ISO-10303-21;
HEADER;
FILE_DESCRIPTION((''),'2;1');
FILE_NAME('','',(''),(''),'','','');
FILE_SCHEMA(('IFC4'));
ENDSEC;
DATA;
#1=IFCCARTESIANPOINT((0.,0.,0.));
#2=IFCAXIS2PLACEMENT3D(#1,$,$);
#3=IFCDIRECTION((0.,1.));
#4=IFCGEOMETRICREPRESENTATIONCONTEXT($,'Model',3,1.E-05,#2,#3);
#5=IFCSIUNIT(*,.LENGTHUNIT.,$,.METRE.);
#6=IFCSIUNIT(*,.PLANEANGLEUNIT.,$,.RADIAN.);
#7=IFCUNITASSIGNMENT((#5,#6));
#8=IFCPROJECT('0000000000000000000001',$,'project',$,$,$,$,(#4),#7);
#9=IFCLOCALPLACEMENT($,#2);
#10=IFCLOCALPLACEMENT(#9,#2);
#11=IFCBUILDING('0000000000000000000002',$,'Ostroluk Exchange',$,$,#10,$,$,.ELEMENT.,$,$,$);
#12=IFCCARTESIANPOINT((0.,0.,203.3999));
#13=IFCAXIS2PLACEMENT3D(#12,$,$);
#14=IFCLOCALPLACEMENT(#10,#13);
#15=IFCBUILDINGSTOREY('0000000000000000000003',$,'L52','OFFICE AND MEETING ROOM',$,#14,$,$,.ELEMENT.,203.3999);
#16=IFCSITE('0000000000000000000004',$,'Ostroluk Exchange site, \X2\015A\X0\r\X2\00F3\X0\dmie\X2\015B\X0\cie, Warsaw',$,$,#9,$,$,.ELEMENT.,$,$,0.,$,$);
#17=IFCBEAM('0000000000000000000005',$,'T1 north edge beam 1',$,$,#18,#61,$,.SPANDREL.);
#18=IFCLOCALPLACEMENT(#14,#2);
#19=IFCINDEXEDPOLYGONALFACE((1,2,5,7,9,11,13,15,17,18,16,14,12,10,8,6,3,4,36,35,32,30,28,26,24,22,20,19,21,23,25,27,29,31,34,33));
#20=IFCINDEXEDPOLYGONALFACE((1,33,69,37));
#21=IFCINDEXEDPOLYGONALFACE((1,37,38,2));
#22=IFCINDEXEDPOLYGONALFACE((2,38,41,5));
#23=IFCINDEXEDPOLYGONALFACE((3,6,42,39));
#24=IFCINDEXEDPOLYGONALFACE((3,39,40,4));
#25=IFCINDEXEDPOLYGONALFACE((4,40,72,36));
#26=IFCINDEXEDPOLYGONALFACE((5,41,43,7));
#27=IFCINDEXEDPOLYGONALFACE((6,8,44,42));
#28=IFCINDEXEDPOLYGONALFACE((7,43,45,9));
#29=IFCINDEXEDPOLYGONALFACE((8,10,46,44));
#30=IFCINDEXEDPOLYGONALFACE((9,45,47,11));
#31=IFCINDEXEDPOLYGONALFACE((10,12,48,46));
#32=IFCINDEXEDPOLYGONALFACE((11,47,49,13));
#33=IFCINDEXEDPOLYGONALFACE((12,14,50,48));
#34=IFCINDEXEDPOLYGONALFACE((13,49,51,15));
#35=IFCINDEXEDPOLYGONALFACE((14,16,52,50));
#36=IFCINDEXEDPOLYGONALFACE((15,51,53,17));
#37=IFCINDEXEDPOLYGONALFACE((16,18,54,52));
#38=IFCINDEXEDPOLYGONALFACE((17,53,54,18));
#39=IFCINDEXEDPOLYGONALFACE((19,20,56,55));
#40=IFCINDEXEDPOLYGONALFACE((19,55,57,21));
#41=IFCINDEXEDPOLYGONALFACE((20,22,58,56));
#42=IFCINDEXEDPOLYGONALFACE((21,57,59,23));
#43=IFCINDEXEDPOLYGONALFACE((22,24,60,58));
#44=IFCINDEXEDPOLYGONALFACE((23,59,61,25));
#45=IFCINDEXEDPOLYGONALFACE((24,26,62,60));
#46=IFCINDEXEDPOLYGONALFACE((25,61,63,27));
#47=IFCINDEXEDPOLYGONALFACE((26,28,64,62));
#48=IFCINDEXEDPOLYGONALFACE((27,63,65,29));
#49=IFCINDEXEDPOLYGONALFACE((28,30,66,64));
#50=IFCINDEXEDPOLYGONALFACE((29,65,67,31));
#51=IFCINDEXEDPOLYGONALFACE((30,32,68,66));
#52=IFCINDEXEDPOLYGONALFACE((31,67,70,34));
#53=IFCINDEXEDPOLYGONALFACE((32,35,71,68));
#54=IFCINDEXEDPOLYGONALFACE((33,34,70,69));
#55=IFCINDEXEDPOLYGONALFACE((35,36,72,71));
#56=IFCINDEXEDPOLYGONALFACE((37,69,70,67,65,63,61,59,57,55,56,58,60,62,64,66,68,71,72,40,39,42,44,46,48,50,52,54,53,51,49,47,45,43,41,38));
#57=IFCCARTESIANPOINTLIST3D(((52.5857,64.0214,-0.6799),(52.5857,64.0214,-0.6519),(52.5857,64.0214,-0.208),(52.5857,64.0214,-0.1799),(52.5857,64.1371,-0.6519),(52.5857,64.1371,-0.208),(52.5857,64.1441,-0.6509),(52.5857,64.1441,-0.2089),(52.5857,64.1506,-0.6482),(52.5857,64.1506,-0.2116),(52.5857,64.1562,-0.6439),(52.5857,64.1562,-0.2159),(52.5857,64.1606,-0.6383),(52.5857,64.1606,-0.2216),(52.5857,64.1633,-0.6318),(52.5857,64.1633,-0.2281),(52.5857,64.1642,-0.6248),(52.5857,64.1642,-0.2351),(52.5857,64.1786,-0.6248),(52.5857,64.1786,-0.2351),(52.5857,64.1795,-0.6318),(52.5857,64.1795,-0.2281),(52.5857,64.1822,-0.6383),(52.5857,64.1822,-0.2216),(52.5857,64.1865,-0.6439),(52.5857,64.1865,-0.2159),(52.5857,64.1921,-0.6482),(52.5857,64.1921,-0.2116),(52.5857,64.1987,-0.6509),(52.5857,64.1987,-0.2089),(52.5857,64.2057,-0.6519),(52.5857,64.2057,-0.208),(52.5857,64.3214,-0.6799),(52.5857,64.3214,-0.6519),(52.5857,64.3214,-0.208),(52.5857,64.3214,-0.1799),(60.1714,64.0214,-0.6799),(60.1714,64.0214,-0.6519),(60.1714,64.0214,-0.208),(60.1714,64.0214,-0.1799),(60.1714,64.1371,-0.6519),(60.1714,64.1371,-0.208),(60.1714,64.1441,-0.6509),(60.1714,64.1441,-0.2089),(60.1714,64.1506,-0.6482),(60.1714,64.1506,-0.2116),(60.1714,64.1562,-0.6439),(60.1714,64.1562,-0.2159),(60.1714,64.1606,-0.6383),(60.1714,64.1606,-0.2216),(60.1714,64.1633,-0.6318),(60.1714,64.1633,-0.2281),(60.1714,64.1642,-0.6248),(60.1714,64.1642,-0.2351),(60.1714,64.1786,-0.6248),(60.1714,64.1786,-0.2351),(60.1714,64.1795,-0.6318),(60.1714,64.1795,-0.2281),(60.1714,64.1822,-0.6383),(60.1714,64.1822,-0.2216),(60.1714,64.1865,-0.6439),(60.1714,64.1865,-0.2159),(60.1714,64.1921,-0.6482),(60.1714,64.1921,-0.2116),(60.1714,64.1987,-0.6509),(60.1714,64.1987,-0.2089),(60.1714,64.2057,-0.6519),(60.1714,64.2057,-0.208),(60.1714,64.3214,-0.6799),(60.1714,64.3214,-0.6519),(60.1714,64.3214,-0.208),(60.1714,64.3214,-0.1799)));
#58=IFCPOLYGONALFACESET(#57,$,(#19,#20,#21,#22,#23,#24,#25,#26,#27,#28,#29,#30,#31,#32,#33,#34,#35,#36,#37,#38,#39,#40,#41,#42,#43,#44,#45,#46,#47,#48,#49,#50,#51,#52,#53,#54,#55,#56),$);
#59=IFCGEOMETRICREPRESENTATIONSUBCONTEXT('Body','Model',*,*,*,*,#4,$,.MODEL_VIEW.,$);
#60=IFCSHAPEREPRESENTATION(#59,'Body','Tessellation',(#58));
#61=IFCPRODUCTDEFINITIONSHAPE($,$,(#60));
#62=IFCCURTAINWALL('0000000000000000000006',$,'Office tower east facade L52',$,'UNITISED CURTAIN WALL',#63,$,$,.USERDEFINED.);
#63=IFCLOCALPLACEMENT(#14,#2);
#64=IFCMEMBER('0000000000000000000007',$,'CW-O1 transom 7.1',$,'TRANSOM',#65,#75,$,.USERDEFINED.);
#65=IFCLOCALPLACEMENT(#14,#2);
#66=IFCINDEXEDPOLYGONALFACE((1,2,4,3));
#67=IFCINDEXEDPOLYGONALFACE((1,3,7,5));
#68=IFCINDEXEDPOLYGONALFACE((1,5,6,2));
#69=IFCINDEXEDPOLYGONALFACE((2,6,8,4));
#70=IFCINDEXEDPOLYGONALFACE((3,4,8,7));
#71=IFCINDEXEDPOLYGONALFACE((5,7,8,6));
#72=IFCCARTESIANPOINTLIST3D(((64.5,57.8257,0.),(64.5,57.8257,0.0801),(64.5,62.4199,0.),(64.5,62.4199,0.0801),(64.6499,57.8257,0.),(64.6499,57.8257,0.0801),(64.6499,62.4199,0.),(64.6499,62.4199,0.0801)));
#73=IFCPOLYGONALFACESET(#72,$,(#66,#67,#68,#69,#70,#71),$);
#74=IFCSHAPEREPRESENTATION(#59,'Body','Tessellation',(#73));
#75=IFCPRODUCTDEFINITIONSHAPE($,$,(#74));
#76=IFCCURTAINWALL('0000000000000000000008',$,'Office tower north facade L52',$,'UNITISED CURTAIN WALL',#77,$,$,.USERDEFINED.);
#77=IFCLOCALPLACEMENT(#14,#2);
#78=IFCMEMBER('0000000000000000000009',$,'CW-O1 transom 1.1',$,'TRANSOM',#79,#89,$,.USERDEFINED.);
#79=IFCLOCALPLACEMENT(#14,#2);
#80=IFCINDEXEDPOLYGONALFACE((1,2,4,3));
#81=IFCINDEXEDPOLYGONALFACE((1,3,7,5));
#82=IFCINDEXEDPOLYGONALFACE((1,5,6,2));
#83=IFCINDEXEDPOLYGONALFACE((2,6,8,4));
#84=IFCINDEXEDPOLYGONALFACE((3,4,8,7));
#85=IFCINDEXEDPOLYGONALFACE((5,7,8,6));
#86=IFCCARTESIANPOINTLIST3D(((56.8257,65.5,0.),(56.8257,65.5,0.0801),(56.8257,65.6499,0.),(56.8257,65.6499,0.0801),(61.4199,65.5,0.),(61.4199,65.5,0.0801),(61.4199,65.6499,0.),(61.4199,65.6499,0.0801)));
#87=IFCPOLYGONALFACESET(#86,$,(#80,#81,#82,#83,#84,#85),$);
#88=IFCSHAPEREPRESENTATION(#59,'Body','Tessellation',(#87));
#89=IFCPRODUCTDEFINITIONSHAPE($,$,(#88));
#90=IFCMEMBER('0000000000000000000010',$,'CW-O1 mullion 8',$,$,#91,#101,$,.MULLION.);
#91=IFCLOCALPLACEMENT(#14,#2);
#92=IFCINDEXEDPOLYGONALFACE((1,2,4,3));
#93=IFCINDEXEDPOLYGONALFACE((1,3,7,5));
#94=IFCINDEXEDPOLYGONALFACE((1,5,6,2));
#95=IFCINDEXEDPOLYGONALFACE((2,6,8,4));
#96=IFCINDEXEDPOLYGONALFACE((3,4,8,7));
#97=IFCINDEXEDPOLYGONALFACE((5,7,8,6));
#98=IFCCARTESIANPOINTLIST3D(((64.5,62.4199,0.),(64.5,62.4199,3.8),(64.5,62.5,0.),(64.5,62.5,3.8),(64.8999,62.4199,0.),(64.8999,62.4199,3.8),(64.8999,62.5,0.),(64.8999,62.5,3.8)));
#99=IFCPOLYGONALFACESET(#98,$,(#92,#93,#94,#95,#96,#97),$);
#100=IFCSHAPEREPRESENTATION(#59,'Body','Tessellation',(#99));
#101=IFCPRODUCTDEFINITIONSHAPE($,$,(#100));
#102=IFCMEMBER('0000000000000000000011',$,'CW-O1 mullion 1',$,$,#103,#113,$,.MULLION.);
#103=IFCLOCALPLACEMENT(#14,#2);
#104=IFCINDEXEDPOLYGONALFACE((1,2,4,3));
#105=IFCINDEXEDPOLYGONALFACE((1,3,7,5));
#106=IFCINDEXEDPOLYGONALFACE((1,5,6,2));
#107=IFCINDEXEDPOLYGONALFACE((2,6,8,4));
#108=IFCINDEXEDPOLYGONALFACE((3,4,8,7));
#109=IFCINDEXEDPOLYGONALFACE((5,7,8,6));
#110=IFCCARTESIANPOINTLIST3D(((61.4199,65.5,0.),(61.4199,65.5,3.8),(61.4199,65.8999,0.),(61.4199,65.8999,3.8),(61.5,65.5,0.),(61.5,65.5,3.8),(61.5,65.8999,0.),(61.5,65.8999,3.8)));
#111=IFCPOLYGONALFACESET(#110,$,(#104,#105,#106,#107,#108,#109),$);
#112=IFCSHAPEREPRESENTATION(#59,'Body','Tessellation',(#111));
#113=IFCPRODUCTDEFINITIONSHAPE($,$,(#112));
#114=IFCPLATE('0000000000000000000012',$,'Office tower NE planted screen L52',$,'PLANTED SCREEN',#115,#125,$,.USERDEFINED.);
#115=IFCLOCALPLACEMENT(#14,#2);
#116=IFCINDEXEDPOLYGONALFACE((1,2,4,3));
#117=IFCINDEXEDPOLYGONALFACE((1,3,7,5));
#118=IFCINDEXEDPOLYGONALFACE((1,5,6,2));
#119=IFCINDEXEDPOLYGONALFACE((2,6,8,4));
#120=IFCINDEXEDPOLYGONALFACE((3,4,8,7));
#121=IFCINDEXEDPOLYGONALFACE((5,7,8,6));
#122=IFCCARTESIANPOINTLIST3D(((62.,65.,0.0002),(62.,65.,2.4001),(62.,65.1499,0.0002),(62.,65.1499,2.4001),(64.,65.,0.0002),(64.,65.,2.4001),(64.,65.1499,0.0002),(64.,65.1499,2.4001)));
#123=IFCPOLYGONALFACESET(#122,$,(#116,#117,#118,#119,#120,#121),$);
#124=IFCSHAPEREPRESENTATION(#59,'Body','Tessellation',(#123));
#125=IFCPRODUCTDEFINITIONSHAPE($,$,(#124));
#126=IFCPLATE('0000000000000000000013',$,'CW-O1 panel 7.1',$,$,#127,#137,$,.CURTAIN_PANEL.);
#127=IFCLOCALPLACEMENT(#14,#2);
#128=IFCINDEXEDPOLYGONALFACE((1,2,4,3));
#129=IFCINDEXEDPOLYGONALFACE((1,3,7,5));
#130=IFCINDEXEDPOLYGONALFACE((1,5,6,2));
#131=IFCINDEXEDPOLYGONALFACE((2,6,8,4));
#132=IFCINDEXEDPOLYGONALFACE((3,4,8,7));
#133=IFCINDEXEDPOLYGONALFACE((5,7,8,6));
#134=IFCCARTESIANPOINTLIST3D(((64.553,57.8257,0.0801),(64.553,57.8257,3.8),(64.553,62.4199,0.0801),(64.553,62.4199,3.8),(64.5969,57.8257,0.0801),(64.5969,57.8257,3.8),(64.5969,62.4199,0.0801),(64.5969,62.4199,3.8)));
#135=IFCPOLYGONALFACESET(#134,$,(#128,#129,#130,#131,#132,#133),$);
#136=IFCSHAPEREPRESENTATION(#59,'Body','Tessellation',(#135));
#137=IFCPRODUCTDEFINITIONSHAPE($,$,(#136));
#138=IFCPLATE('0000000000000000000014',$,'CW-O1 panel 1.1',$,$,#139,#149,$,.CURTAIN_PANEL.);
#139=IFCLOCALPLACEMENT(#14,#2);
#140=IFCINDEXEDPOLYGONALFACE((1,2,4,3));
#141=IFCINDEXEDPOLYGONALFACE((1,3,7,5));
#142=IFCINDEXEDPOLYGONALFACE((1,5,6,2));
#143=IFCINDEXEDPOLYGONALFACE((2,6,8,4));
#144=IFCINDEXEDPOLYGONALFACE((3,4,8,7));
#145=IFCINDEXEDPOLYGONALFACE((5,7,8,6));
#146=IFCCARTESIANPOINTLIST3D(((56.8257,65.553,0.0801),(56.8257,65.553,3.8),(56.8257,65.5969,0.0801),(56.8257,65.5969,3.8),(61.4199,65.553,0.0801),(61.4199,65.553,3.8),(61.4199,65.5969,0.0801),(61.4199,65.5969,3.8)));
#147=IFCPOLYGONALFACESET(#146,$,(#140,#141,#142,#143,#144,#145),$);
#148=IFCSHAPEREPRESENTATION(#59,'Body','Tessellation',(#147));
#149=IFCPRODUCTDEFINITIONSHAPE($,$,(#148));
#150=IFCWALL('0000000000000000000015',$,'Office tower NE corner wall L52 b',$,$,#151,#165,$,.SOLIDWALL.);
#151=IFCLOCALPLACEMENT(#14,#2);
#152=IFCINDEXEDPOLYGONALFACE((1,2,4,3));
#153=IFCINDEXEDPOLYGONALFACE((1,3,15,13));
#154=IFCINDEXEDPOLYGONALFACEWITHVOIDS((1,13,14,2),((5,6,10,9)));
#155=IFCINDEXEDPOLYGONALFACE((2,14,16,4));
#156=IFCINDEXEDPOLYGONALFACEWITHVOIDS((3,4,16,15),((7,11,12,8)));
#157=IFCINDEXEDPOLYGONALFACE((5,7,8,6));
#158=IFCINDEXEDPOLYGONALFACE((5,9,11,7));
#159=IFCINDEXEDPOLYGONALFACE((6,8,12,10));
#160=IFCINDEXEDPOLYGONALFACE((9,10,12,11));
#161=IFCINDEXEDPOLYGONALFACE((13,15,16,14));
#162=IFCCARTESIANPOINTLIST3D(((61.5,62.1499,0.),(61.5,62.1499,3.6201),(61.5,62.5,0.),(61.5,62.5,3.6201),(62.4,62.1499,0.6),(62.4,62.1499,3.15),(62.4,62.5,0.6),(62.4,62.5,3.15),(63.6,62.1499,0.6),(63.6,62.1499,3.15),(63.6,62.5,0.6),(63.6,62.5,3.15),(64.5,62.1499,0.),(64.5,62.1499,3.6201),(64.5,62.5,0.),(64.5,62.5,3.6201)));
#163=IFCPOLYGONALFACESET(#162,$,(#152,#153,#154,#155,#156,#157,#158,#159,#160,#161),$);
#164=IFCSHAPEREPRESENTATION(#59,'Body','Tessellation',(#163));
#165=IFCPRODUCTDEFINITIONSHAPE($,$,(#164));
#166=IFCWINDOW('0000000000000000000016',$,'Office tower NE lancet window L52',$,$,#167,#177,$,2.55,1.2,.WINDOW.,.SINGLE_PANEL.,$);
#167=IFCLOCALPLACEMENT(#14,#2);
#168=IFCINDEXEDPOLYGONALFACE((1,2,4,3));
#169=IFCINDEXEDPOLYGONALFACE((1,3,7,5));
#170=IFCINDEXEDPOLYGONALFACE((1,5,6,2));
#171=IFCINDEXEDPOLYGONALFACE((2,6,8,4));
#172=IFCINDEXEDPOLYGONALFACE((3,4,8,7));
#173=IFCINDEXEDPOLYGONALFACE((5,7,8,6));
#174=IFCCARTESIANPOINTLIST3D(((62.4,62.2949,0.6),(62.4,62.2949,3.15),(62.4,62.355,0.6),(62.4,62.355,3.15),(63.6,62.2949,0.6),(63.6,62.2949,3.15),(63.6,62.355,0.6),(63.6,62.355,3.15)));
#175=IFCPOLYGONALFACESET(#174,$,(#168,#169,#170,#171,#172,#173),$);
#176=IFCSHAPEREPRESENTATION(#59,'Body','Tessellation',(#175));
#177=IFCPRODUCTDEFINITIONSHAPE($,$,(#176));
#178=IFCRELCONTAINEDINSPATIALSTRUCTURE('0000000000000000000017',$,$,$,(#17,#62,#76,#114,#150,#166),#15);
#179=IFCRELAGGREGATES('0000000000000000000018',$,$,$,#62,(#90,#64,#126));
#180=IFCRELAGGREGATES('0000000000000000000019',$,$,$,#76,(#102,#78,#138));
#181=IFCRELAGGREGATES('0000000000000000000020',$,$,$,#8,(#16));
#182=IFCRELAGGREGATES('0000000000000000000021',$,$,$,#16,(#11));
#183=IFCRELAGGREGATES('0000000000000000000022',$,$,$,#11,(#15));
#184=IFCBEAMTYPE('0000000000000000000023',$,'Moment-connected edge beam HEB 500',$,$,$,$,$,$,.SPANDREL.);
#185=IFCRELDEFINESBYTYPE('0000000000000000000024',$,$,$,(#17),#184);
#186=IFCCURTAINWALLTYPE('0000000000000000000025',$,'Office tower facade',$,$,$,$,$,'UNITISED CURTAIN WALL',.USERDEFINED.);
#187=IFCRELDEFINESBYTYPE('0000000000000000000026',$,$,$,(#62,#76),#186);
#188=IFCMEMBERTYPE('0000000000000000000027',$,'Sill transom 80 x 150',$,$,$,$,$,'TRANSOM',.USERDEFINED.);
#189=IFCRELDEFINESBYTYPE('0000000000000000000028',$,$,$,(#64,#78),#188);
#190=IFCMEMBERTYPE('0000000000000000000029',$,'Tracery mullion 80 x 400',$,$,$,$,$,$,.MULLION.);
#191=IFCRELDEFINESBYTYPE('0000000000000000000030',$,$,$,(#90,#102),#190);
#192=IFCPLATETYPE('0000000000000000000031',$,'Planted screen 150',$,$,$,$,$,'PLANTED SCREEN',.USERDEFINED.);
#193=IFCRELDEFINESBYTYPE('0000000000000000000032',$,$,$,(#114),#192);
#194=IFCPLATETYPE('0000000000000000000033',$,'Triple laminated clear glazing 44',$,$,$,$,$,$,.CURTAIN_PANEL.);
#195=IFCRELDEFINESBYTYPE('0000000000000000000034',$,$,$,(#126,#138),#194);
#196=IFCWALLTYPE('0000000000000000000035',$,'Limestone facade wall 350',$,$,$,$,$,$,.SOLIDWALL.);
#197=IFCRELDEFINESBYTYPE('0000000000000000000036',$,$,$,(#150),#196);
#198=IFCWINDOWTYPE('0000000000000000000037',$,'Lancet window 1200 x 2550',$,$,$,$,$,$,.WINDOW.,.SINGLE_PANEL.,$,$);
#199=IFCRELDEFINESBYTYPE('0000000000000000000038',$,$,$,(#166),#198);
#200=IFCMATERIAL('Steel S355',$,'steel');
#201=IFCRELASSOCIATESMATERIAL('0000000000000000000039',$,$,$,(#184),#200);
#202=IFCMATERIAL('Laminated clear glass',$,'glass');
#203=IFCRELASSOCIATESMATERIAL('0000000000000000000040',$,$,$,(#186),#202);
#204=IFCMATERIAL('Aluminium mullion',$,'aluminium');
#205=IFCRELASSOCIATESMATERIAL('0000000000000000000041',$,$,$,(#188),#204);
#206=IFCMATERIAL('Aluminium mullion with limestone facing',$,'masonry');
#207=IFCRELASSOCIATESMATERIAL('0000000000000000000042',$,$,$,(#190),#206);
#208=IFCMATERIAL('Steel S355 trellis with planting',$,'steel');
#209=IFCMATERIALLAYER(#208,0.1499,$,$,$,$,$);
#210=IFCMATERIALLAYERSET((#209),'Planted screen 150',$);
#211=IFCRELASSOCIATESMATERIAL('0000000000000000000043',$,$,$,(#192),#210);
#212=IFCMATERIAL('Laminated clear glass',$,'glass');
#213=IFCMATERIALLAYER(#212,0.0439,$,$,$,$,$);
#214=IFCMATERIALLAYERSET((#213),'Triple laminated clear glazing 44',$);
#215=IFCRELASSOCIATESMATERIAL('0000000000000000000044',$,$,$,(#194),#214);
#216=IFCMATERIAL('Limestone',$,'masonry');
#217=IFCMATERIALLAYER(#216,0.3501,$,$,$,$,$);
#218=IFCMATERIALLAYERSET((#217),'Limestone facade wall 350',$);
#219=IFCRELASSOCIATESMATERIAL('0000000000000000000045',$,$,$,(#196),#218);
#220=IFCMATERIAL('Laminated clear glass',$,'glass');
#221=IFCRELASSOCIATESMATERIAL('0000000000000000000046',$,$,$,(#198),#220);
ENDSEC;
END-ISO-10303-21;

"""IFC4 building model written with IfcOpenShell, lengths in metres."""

from ifc_helpers import new_model, si_unit, direction, frame, frame_2d, origin, origin_2d, place, context, subcontext, project, spatial, rectangle, i_section, extrude, material, layer, layer_set, material_profile, profile_set, type_object, element, fill, aggregate, save


model = new_model("IFC4")

# Units and contexts
model_context = context("Model", 3, precision=1e-05, world=origin(), true_north=direction((0.0, 1.0)))
body_context = subcontext(model_context, "Body", "Model", "MODEL_VIEW")
ifc_project = project(units=[si_unit("LENGTHUNIT", "METRE"), si_unit("PLANEANGLEUNIT", "RADIAN")], contexts=[model_context])

# Site, building, storey
site_placement = place(None, origin())
site = spatial("IfcSite", under=ifc_project, at=site_placement, Name="Ostroluk Exchange site, Śródmieście, Warsaw", CompositionType="ELEMENT", RefElevation=0.0)
building_placement = place(site_placement, origin())
building = spatial("IfcBuilding", under=site, at=building_placement, Name="Ostroluk Exchange", CompositionType="ELEMENT")
storey_placement = place(building_placement, frame((0.0, 0.0, 203.3999)))
storey = spatial("IfcBuildingStorey", under=building, at=storey_placement, Name="L52", Description="OFFICE AND MEETING ROOM", CompositionType="ELEMENT", Elevation=203.3999)

# Beam
ifc_material_1 = material(Name="Steel S355", Category="steel")
ifc_material_profile_1 = material_profile(ifc_material_1, i_section(OverallWidth=0.3, OverallDepth=0.5, WebThickness=0.0144, FlangeThickness=0.0281, FilletRadius=0.0271, at=origin_2d()), Name="HEB 500")
ifc_profile_set_1 = profile_set([ifc_material_profile_1], Name="Steel S355")
beam_type_1 = type_object("IfcBeamType", Name="Moment-connected edge beam HEB 500", PredefinedType="SPANDREL", material=ifc_profile_set_1)
beam_1_placement = place(storey_placement, frame((60.1714, 64.1714, -0.4299), z_axis=(-1.0, 0.0, 0.0), x_axis=(0.0, -1.0, 0.0)))
element("IfcBeam", 1, at=beam_1_placement, inside=storey, type_object=beam_type_1, Name="T1 north edge beam 1", PredefinedType="SPANDREL", context=body_context, shape_type="SweptSolid", body=[
    extrude(i_section(OverallWidth=0.3, OverallDepth=0.5, WebThickness=0.0144, FlangeThickness=0.0281, FilletRadius=0.0271, at=origin_2d()), origin(), (0.0, 0.0, 1.0), 7.5857),
])

# Curtain walls, members
ifc_material_2 = material(Name="Laminated clear glass", Category="glass")
curtain_wall_type = type_object("IfcCurtainWallType", Name="Office tower facade", ElementType="UNITISED CURTAIN WALL", PredefinedType="USERDEFINED", material=ifc_material_2)
curtain_wall_1_placement = place(storey_placement, origin())
curtain_wall_1 = element("IfcCurtainWall", 2, at=curtain_wall_1_placement, inside=storey, type_object=curtain_wall_type, Name="Office tower east facade L52", ObjectType="UNITISED CURTAIN WALL", PredefinedType="USERDEFINED")
ifc_material_3 = material(Name="Aluminium mullion", Category="aluminium")
ifc_material_profile_2 = material_profile(ifc_material_3, rectangle(XDim=0.1499, YDim=0.0801, at=origin_2d()), Name="Sill transom 80 x 150")
ifc_profile_set_2 = profile_set([ifc_material_profile_2], Name="Aluminium mullion")
member_type_1 = type_object("IfcMemberType", Name="Sill transom 80 x 150", ElementType="TRANSOM", PredefinedType="USERDEFINED", material=ifc_profile_set_2)
member_1_placement = place(storey_placement, frame((64.575, 57.8257, 0.04), z_axis=(0.0, 1.0, 0.0), x_axis=(-1.0, 0.0, 0.0)))
member_1 = element("IfcMember", 3, at=member_1_placement, type_object=member_type_1, Name="CW-O1 transom 7.1", ObjectType="TRANSOM", PredefinedType="USERDEFINED", context=body_context, shape_type="SweptSolid", body=[
    extrude(rectangle(XDim=0.1499, YDim=0.0801, at=origin_2d()), origin(), (0.0, 0.0, 1.0), 4.5942),
])
curtain_wall_2_placement = place(storey_placement, origin())
curtain_wall_2 = element("IfcCurtainWall", 4, at=curtain_wall_2_placement, inside=storey, type_object=curtain_wall_type, Name="Office tower north facade L52", ObjectType="UNITISED CURTAIN WALL", PredefinedType="USERDEFINED")
member_2_placement = place(storey_placement, frame((61.4199, 65.575, 0.04), z_axis=(-1.0, 0.0, 0.0), x_axis=(0.0, -1.0, 0.0)))
member_2 = element("IfcMember", 5, at=member_2_placement, type_object=member_type_1, Name="CW-O1 transom 1.1", ObjectType="TRANSOM", PredefinedType="USERDEFINED", context=body_context, shape_type="SweptSolid", body=[
    extrude(rectangle(XDim=0.1499, YDim=0.0801, at=origin_2d()), origin(), (0.0, 0.0, 1.0), 4.5942),
])

# Members
ifc_material_4 = material(Name="Aluminium mullion with limestone facing", Category="masonry")
ifc_material_profile_3 = material_profile(ifc_material_4, rectangle(XDim=0.3999, YDim=0.0801, at=origin_2d()), Name="Tracery mullion 80 x 400")
ifc_profile_set_3 = profile_set([ifc_material_profile_3], Name="Aluminium mullion with limestone facing")
member_type_2 = type_object("IfcMemberType", Name="Tracery mullion 80 x 400", PredefinedType="MULLION", material=ifc_profile_set_3)
member_3_placement = place(storey_placement, frame((64.7, 62.46, 0.0), z_axis=(0.0, 0.0, 1.0), x_axis=(-1.0, 0.0, 0.0)))
member_3 = element("IfcMember", 6, at=member_3_placement, type_object=member_type_2, Name="CW-O1 mullion 8", PredefinedType="MULLION", context=body_context, shape_type="SweptSolid", body=[
    extrude(rectangle(XDim=0.3999, YDim=0.0801, at=origin_2d()), origin(), (0.0, 0.0, 1.0), 3.8),
])
member_4_placement = place(storey_placement, frame((61.46, 65.7, 0.0), z_axis=(0.0, 0.0, 1.0), x_axis=(0.0, -1.0, 0.0)))
member_4 = element("IfcMember", 7, at=member_4_placement, type_object=member_type_2, Name="CW-O1 mullion 1", PredefinedType="MULLION", context=body_context, shape_type="SweptSolid", body=[
    extrude(rectangle(XDim=0.3999, YDim=0.0801, at=origin_2d()), origin(), (0.0, 0.0, 1.0), 3.8),
])

# Plates
ifc_material_5 = material(Name="Steel S355 trellis with planting", Category="steel")
ifc_layer_1 = layer(ifc_material_5, 0.1499)
ifc_layer_set_1 = layer_set([ifc_layer_1], Name="Planted screen 150")
plate_type_1 = type_object("IfcPlateType", Name="Planted screen 150", ElementType="PLANTED SCREEN", PredefinedType="USERDEFINED", material=ifc_layer_set_1)
plate_1_placement = place(storey_placement, frame((63.0, 65.075, 0.0002), z_axis=(0.0, 0.0, 1.0), x_axis=(1.0, 0.0, 0.0)))
element("IfcPlate", 8, at=plate_1_placement, inside=storey, type_object=plate_type_1, Name="Office tower NE planted screen L52", ObjectType="PLANTED SCREEN", PredefinedType="USERDEFINED", context=body_context, shape_type="SweptSolid", body=[
    extrude(rectangle(XDim=2.0, YDim=0.1499, at=origin_2d()), origin(), (0.0, 0.0, 1.0), 2.3999),
])
ifc_material_6 = material(Name="Laminated clear glass", Category="glass")
ifc_layer_2 = layer(ifc_material_6, 0.0439)
ifc_layer_set_2 = layer_set([ifc_layer_2], Name="Triple laminated clear glazing 44")
plate_type_2 = type_object("IfcPlateType", Name="Triple laminated clear glazing 44", PredefinedType="CURTAIN_PANEL", material=ifc_layer_set_2)
plate_2_placement = place(storey_placement, frame((64.575, 60.1228, 0.0801), z_axis=(0.0, 0.0, 1.0), x_axis=(0.0, 1.0, 0.0)))
plate_2 = element("IfcPlate", 9, at=plate_2_placement, type_object=plate_type_2, Name="CW-O1 panel 7.1", PredefinedType="CURTAIN_PANEL", context=body_context, shape_type="SweptSolid", body=[
    extrude(rectangle(XDim=4.5942, YDim=0.0439, at=origin_2d()), origin(), (0.0, 0.0, 1.0), 3.72),
])
aggregate(curtain_wall_1, [member_3, member_1, plate_2])
plate_3_placement = place(storey_placement, frame((59.1228, 65.575, 0.0801), z_axis=(0.0, 0.0, 1.0), x_axis=(-1.0, 0.0, 0.0)))
plate_3 = element("IfcPlate", 10, at=plate_3_placement, type_object=plate_type_2, Name="CW-O1 panel 1.1", PredefinedType="CURTAIN_PANEL", context=body_context, shape_type="SweptSolid", body=[
    extrude(rectangle(XDim=4.5942, YDim=0.0439, at=origin_2d()), origin(), (0.0, 0.0, 1.0), 3.72),
])
aggregate(curtain_wall_2, [member_4, member_2, plate_3])

# Shared definitions
ifc_material_7 = material(Name="Limestone", Category="masonry")
ifc_layer_3 = layer(ifc_material_7, 0.3501)
ifc_layer_set_3 = layer_set([ifc_layer_3], Name="Limestone facade wall 350")
wall_type = type_object("IfcWallType", Name="Limestone facade wall 350", PredefinedType="SOLIDWALL", material=ifc_layer_set_3)

# Wall, opening, window
wall_1_placement = place(storey_placement, frame((61.5, 62.325, 0.0), z_axis=(0.0, 0.0, 1.0), x_axis=(1.0, 0.0, 0.0)))
wall_1 = element("IfcWall", 11, at=wall_1_placement, inside=storey, type_object=wall_type, Name="Office tower NE corner wall L52 b", PredefinedType="SOLIDWALL", context=body_context, shape_type="SweptSolid", body=[
    extrude(rectangle(XDim=3.0, YDim=0.3501, at=frame_2d((1.5, 0.0))), origin(), (0.0, 0.0, 1.0), 3.6201),
])
opening_1_placement = place(wall_1_placement, frame((0.8999, 0.0, 0.6001)))
opening_1 = element("IfcOpeningElement", 12, at=opening_1_placement, cuts=wall_1, PredefinedType="OPENING", context=body_context, shape_type="SweptSolid", body=[
    extrude(rectangle(XDim=1.2, YDim=2.55, at=frame_2d((0.6001, 1.2749))), frame((0.0, 0.1851, 0.0), z_axis=(0.0, -1.0, 0.0), x_axis=(1.0, 0.0, 0.0)), (0.0, 0.0, 1.0), 0.3701),
])
ifc_material_8 = material(Name="Laminated clear glass", Category="glass")
window_type = type_object("IfcWindowType", Name="Lancet window 1200 x 2550", PartitioningType="SINGLE_PANEL", PredefinedType="WINDOW", material=ifc_material_8)
window_placement = place(opening_1_placement, origin())
window = element("IfcWindow", 13, at=window_placement, inside=storey, type_object=window_type, Name="Office tower NE lancet window L52", OverallHeight=2.55, OverallWidth=1.2, PartitioningType="SINGLE_PANEL", PredefinedType="WINDOW", context=body_context, shape_type="SweptSolid", body=[
    extrude(rectangle(XDim=1.2, YDim=2.55, at=frame_2d((0.6001, 1.2749))), frame((0.0, 0.03, 0.0), z_axis=(0.0, -1.0, 0.0), x_axis=(1.0, 0.0, 0.0)), (0.0, 0.0, 1.0), 0.0601),
])
fill(opening_1, window)

save(model, "model.ifc")
